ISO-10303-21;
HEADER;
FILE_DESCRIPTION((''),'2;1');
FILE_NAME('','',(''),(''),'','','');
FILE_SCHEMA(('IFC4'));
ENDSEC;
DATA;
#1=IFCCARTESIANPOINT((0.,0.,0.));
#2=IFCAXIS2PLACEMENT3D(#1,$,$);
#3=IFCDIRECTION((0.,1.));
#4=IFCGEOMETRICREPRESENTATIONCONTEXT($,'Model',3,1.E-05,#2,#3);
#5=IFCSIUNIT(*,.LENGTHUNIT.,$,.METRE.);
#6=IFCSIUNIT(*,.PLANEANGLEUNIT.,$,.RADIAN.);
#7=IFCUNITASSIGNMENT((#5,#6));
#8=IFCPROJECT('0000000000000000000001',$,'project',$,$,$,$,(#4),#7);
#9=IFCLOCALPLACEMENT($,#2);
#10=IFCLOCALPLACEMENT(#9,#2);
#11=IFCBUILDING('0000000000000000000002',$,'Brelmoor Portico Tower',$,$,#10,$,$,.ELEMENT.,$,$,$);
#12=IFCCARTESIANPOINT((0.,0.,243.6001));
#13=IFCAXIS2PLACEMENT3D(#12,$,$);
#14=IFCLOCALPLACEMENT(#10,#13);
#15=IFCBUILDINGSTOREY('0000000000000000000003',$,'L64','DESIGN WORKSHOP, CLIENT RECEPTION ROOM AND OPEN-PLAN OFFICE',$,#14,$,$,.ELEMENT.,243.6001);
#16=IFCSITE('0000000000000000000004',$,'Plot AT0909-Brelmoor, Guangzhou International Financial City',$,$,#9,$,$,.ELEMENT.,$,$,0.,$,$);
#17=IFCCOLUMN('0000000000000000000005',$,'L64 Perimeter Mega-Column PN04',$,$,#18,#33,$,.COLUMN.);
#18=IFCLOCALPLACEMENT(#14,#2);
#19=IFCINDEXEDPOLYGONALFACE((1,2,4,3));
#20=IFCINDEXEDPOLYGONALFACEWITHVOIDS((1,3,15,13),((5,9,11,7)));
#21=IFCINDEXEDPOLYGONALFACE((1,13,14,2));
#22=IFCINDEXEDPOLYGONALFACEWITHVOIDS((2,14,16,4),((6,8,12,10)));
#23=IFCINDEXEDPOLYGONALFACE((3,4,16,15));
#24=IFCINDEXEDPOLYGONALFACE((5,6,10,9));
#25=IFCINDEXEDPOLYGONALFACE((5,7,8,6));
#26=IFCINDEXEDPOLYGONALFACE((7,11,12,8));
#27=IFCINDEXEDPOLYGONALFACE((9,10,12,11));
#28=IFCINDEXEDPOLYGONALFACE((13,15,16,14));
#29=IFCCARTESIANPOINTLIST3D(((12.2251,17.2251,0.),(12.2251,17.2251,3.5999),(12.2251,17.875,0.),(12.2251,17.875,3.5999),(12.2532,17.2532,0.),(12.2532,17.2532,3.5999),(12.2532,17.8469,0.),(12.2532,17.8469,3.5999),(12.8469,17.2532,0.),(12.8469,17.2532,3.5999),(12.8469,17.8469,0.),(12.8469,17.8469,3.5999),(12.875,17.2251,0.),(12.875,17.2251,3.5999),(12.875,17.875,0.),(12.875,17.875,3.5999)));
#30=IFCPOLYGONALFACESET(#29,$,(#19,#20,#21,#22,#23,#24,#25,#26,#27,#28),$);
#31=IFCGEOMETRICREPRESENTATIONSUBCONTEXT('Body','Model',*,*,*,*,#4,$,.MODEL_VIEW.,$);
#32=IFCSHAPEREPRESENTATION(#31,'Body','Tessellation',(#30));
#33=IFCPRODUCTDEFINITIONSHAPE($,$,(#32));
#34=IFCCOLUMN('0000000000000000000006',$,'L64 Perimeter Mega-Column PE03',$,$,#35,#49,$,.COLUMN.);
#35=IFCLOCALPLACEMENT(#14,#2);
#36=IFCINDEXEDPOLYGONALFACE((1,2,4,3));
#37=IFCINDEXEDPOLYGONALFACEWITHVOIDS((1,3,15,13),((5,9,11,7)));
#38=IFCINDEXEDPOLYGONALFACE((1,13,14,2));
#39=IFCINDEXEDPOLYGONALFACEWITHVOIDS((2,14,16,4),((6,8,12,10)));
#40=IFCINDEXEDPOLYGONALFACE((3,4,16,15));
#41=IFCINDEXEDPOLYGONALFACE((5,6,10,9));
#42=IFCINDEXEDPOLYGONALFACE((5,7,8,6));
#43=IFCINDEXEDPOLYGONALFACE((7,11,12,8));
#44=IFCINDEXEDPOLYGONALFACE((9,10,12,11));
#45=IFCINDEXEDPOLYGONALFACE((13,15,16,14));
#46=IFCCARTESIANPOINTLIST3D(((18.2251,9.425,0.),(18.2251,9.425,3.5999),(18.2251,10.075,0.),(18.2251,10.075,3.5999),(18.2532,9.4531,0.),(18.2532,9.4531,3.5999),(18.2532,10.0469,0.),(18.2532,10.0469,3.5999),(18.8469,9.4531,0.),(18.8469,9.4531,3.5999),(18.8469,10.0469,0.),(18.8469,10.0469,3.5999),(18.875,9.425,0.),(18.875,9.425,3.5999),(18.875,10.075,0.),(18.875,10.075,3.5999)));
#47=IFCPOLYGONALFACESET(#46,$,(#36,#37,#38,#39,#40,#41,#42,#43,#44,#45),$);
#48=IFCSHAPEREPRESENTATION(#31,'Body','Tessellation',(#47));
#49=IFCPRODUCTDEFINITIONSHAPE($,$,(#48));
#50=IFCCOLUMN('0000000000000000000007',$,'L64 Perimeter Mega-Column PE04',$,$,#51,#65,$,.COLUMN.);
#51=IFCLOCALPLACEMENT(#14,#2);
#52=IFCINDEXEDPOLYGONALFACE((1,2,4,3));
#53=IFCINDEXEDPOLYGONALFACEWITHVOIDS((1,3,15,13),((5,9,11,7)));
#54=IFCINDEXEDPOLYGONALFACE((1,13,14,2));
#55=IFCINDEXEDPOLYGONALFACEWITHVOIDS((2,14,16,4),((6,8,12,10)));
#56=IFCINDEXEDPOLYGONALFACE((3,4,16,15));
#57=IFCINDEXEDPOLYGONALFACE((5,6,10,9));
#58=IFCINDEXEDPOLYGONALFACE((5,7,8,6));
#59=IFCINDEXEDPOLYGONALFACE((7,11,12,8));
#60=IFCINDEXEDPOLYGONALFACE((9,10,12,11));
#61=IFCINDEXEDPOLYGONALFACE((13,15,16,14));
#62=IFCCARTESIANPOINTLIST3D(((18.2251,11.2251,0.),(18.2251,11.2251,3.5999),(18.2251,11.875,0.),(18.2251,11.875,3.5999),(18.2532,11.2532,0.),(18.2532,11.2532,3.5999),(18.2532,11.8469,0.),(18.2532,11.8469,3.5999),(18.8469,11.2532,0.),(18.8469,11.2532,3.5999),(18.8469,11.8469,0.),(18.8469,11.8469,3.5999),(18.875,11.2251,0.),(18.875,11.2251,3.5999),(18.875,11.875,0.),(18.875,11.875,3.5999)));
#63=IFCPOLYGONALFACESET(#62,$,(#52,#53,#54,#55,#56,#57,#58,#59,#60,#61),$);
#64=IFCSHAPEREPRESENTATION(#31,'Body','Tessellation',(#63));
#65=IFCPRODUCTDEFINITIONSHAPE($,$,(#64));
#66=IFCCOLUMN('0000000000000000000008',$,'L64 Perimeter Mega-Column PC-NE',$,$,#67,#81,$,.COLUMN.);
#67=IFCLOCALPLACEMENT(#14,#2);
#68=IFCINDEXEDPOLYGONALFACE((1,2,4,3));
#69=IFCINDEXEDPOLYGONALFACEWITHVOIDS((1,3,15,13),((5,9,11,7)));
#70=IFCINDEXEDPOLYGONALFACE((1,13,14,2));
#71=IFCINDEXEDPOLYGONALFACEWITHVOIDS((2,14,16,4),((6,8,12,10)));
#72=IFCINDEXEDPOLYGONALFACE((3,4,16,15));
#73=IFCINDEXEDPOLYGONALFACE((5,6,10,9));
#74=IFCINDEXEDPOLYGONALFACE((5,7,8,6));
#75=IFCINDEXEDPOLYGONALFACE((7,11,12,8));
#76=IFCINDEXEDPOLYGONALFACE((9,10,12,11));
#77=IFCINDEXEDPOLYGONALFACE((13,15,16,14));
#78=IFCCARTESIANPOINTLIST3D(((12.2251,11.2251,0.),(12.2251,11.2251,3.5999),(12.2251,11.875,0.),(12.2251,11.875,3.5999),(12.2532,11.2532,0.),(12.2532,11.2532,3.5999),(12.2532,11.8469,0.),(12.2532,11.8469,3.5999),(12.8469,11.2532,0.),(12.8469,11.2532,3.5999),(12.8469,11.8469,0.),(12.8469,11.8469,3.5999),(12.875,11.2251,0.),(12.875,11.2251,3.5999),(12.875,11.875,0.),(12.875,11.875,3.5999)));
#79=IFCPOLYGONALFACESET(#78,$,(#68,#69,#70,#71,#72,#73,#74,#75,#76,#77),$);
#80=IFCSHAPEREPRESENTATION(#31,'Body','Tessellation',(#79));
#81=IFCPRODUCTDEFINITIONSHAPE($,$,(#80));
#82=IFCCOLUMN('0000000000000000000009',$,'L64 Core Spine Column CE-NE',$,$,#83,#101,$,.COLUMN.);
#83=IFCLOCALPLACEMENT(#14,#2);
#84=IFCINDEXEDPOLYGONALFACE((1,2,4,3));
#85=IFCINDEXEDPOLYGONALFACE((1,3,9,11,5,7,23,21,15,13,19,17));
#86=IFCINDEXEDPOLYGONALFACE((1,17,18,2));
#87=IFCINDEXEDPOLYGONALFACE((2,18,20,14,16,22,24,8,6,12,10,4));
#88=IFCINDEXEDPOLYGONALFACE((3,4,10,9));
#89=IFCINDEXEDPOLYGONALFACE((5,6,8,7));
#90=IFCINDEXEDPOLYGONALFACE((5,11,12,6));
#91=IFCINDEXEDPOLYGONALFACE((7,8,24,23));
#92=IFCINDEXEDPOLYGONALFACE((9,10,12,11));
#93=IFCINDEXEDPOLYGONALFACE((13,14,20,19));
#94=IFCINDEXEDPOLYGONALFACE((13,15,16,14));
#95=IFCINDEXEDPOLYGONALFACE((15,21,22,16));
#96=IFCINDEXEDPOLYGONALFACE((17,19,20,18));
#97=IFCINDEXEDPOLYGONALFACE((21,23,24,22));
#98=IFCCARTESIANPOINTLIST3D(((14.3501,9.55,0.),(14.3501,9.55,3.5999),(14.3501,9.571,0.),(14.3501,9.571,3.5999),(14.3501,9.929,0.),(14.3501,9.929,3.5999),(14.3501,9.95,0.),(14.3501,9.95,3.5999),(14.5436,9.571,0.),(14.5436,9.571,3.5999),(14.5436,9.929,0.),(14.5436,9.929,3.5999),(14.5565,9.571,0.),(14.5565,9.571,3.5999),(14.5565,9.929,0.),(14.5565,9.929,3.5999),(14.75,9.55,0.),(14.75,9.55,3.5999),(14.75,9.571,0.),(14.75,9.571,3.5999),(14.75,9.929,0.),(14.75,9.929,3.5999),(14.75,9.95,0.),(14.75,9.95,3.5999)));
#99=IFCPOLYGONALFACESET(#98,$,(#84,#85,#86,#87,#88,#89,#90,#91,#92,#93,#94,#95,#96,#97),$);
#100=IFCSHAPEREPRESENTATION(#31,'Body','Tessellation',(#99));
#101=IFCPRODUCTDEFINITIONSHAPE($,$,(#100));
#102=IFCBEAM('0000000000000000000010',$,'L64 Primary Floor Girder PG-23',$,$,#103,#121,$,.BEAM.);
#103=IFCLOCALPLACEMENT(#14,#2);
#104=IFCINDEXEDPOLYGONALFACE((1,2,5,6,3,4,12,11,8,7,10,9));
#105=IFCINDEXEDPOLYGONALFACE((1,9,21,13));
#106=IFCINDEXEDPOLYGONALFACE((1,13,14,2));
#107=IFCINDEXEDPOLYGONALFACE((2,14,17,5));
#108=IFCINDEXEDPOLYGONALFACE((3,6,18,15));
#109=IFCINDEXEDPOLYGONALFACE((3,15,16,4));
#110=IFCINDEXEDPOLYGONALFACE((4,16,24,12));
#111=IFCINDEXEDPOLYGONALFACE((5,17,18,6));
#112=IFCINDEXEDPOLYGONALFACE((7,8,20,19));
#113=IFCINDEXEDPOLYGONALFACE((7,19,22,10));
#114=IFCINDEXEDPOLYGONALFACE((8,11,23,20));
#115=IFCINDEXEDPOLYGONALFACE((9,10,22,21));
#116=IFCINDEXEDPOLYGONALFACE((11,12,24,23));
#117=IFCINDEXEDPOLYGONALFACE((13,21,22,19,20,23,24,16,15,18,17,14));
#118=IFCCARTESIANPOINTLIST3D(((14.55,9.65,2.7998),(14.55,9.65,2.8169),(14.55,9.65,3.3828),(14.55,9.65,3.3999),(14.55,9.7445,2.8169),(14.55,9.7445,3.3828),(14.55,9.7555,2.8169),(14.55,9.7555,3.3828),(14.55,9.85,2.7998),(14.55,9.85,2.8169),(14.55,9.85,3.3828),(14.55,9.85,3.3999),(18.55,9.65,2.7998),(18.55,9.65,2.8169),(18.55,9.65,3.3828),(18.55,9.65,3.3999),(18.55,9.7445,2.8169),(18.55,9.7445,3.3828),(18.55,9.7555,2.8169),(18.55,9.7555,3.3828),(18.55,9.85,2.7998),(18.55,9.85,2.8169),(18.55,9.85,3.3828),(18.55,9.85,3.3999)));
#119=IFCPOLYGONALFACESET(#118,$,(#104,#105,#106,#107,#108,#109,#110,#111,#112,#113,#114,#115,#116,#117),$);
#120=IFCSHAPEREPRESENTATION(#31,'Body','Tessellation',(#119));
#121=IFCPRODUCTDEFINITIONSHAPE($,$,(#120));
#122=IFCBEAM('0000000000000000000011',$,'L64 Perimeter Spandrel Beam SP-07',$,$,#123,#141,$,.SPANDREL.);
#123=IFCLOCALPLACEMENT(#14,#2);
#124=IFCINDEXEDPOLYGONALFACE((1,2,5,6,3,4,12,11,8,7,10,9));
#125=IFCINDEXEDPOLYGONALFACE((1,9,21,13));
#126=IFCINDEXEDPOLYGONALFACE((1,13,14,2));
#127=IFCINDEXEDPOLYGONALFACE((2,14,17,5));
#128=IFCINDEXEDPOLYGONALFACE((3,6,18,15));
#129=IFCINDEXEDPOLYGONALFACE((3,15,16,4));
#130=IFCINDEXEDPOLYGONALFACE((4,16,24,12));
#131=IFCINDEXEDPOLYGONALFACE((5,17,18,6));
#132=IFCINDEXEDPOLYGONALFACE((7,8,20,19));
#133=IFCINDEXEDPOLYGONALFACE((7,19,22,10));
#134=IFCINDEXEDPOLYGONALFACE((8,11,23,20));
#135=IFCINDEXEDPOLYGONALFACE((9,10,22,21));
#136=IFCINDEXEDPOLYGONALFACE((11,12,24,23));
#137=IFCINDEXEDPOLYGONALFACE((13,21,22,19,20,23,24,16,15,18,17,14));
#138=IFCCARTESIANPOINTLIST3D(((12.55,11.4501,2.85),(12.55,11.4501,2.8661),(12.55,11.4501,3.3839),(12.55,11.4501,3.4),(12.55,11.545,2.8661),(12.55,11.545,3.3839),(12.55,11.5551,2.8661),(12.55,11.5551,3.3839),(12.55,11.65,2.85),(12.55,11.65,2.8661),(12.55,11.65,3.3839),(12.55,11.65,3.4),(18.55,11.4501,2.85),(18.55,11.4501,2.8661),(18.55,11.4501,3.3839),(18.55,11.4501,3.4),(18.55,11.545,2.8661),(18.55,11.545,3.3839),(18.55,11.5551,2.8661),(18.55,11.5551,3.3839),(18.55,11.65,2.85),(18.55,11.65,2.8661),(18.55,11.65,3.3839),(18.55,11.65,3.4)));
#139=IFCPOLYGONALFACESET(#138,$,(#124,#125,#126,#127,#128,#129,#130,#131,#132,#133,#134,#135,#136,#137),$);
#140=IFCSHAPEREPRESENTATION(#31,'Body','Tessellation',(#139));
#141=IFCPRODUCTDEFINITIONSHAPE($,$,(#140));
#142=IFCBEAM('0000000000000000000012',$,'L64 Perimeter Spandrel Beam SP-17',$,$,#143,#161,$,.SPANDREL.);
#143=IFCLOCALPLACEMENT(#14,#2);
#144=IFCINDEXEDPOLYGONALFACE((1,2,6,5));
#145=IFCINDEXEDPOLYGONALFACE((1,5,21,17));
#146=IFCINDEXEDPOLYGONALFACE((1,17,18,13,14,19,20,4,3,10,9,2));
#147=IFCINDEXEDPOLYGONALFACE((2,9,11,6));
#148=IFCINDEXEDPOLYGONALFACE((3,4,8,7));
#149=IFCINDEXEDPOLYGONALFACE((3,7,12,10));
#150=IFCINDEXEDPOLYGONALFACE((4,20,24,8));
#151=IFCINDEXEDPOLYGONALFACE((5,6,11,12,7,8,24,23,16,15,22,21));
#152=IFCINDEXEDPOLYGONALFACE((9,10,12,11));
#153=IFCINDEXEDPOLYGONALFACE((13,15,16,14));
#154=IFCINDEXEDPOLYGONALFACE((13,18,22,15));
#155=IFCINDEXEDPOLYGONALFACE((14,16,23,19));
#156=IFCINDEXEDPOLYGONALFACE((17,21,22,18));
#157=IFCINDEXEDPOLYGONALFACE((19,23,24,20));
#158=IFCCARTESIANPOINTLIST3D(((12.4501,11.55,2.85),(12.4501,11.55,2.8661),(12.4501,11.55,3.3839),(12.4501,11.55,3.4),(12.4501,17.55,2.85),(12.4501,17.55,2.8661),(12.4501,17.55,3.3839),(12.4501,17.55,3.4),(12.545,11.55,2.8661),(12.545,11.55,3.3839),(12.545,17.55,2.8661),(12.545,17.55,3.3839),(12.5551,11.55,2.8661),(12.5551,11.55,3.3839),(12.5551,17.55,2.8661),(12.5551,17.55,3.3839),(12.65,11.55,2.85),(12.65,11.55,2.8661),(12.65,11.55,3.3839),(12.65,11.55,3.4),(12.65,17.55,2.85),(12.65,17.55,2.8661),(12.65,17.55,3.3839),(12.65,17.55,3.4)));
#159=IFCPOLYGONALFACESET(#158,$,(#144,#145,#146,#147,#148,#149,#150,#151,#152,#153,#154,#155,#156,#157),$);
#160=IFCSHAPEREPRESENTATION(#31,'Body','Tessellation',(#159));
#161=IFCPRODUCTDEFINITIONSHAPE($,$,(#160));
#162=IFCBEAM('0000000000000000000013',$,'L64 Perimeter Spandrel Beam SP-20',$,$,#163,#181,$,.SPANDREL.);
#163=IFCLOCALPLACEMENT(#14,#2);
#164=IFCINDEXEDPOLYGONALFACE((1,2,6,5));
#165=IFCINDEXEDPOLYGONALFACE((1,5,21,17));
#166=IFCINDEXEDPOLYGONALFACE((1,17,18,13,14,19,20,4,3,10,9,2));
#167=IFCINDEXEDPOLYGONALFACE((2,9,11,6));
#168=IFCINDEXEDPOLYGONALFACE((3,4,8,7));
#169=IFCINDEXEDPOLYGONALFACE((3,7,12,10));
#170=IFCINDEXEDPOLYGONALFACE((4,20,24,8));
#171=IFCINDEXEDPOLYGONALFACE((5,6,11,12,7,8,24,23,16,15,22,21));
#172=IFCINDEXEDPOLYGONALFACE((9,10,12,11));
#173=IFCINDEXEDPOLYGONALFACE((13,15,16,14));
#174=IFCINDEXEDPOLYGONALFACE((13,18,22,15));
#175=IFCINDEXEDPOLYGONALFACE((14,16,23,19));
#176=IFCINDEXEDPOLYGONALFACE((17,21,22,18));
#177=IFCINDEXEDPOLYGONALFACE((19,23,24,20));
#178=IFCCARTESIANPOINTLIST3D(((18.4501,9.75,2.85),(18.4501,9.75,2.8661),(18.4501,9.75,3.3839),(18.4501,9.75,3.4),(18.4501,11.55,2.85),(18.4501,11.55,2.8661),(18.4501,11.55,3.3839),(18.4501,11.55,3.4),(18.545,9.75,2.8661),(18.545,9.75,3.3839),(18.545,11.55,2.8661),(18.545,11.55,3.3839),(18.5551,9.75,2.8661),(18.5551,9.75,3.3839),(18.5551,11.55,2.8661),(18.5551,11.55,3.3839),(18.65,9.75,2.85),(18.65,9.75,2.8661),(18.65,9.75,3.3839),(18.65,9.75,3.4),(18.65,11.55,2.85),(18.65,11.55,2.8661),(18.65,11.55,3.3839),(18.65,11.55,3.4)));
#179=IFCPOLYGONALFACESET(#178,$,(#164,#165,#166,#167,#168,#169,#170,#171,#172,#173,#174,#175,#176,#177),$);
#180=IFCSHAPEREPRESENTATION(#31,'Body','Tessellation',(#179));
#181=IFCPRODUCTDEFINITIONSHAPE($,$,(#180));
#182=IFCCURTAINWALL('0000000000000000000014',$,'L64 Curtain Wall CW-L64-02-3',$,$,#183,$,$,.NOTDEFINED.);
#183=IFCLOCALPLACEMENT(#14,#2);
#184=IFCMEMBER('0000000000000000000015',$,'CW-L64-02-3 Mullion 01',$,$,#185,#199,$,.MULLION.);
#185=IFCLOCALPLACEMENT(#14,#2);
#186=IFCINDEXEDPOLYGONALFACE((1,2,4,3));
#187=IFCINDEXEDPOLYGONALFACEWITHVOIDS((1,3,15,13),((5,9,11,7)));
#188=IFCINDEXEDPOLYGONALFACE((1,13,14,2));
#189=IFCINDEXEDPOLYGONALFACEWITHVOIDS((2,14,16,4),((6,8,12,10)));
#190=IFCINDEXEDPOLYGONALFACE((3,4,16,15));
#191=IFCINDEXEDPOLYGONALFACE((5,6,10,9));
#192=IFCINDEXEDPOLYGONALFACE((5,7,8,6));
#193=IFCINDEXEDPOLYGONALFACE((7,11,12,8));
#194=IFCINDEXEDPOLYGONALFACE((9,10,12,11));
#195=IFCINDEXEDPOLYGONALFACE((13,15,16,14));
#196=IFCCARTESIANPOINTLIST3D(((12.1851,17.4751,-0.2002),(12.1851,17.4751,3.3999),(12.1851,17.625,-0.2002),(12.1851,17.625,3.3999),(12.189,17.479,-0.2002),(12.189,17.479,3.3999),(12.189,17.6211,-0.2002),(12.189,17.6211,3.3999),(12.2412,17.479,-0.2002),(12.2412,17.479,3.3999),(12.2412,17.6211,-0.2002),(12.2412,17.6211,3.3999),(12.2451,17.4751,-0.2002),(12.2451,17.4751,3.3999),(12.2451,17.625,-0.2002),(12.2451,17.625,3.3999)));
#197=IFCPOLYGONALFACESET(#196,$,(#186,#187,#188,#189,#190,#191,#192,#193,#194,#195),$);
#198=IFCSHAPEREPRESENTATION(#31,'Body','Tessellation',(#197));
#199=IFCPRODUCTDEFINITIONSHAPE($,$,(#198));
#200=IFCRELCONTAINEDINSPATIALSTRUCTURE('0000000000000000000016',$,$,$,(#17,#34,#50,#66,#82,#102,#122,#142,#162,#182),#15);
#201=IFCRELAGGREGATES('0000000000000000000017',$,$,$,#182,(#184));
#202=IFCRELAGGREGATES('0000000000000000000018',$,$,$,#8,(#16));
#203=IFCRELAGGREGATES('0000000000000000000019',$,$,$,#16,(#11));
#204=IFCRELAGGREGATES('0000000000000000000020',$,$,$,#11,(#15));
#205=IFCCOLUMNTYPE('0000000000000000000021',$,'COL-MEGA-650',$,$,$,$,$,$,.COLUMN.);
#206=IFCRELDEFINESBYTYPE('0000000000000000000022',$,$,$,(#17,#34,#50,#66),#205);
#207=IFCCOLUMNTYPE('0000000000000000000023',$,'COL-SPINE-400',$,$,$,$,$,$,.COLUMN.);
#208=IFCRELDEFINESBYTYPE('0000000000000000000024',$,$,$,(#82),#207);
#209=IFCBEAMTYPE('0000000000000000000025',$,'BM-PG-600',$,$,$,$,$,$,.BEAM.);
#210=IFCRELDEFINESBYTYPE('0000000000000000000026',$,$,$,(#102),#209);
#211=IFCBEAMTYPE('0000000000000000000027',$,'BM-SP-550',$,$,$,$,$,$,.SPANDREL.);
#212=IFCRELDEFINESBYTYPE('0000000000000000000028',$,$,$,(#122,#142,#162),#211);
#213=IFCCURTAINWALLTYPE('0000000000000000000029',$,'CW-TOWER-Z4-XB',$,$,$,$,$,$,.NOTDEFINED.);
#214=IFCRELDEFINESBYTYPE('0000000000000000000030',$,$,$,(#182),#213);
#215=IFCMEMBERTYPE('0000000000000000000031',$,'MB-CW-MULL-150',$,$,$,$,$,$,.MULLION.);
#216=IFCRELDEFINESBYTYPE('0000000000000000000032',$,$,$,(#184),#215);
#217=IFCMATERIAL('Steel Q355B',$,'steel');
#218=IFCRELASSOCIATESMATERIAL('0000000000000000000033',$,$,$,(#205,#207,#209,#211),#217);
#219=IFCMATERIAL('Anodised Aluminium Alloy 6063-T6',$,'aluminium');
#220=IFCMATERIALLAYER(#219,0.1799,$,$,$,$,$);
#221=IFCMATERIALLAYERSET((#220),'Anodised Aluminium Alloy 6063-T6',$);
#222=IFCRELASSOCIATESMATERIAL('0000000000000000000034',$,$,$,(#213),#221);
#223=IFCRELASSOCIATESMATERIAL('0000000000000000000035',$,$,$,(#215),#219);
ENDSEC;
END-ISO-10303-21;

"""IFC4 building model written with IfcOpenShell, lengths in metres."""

from ifc_helpers import new_model, si_unit, direction, frame, origin, origin_2d, place, context, subcontext, project, spatial, hollow_rectangle, i_section, extrude, material, layer, layer_set, material_profile, profile_set, type_object, element, aggregate, save


model = new_model("IFC4")

# Units and contexts
model_context = context("Model", 3, precision=1e-05, world=origin(), true_north=direction((0.0, 1.0)))
body_context = subcontext(model_context, "Body", "Model", "MODEL_VIEW")
ifc_project = project(units=[si_unit("LENGTHUNIT", "METRE"), si_unit("PLANEANGLEUNIT", "RADIAN")], contexts=[model_context])

# Site, building, storey
site_placement = place(None, origin())
site = spatial("IfcSite", under=ifc_project, at=site_placement, Name="Plot AT0909-Brelmoor, Guangzhou International Financial City", CompositionType="ELEMENT", RefElevation=0.0)
building_placement = place(site_placement, origin())
building = spatial("IfcBuilding", under=site, at=building_placement, Name="Brelmoor Portico Tower", CompositionType="ELEMENT")
storey_placement = place(building_placement, frame((0.0, 0.0, 243.6001)))
storey = spatial("IfcBuildingStorey", under=building, at=storey_placement, Name="L64", Description="DESIGN WORKSHOP, CLIENT RECEPTION ROOM AND OPEN-PLAN OFFICE", CompositionType="ELEMENT", Elevation=243.6001)

# Columns
ifc_material_1 = material(Name="Steel Q355B", Category="steel")
ifc_material_profile_1 = material_profile(ifc_material_1, hollow_rectangle(XDim=0.6499, YDim=0.6499, WallThickness=0.0281, at=origin_2d()), Name="BOX 650x650x28")
ifc_profile_set_1 = profile_set([ifc_material_profile_1], Name="Steel Q355B")
column_type_1 = type_object("IfcColumnType", Name="COL-MEGA-650", PredefinedType="COLUMN", material=ifc_profile_set_1)
for number, where, z_axis, x_axis, name in (
    (1, (12.55, 17.55, 0.0), (0.0, 0.0, 1.0), (1.0, 0.0, 0.0), "L64 Perimeter Mega-Column PN04"),
    (2, (18.55, 9.75, 0.0), (0.0, 0.0, 1.0), (0.0, 1.0, 0.0), "L64 Perimeter Mega-Column PE03"),
    (3, (18.55, 11.55, 0.0), (0.0, 0.0, 1.0), (0.0, 1.0, 0.0), "L64 Perimeter Mega-Column PE04"),
    (4, (12.55, 11.55, 0.0), (0.0, 0.0, 1.0), (1.0, 0.0, 0.0), "L64 Perimeter Mega-Column PC-NE"),
):
    element("IfcColumn", number, at=place(storey_placement, frame(where, z_axis=z_axis, x_axis=x_axis)), inside=storey, type_object=column_type_1, Name=name, PredefinedType="COLUMN", context=body_context, shape_type="SweptSolid", body=[
        extrude(hollow_rectangle(XDim=0.6499, YDim=0.6499, WallThickness=0.0281, at=origin_2d()), origin(), (0.0, 0.0, 1.0), 3.5999),
    ])
ifc_material_profile_2 = material_profile(ifc_material_1, i_section(OverallWidth=0.3999, OverallDepth=0.3999, WebThickness=0.0129, FlangeThickness=0.021, at=origin_2d()), Name="HW 400x400x13x21")
ifc_profile_set_2 = profile_set([ifc_material_profile_2], Name="Steel Q355B")
column_type_2 = type_object("IfcColumnType", Name="COL-SPINE-400", PredefinedType="COLUMN", material=ifc_profile_set_2)
column_placement = place(storey_placement, frame((14.55, 9.75, 0.0), z_axis=(0.0, 0.0, 1.0), x_axis=(1.0, 0.0, 0.0)))
element("IfcColumn", 5, at=column_placement, inside=storey, type_object=column_type_2, Name="L64 Core Spine Column CE-NE", PredefinedType="COLUMN", context=body_context, shape_type="SweptSolid", body=[
    extrude(i_section(OverallWidth=0.3999, OverallDepth=0.3999, WebThickness=0.0129, FlangeThickness=0.021, at=origin_2d()), origin(), (0.0, 0.0, 1.0), 3.5999),
])

# Beams
ifc_material_profile_3 = material_profile(ifc_material_1, i_section(OverallWidth=0.2, OverallDepth=0.6001, WebThickness=0.011, FlangeThickness=0.0171, at=origin_2d()), Name="HN 600x200x11x17")
ifc_profile_set_3 = profile_set([ifc_material_profile_3], Name="Steel Q355B")
beam_type_1 = type_object("IfcBeamType", Name="BM-PG-600", PredefinedType="BEAM", material=ifc_profile_set_3)
beam_1_placement = place(storey_placement, frame((14.55, 9.75, 3.0999), z_axis=(1.0, 0.0, 0.0), x_axis=(0.0, 1.0, 0.0)))
element("IfcBeam", 6, at=beam_1_placement, inside=storey, type_object=beam_type_1, Name="L64 Primary Floor Girder PG-23", PredefinedType="BEAM", context=body_context, shape_type="SweptSolid", body=[
    extrude(i_section(OverallWidth=0.2, OverallDepth=0.6001, WebThickness=0.011, FlangeThickness=0.0171, at=origin_2d()), origin(), (0.0, 0.0, 1.0), 4.0),
])
ifc_material_profile_4 = material_profile(ifc_material_1, i_section(OverallWidth=0.2, OverallDepth=0.55, WebThickness=0.01, FlangeThickness=0.0161, at=origin_2d()), Name="HN 550x200x10x16")
ifc_profile_set_4 = profile_set([ifc_material_profile_4], Name="Steel Q355B")
beam_type_2 = type_object("IfcBeamType", Name="BM-SP-550", PredefinedType="SPANDREL", material=ifc_profile_set_4)
for number, where, z_axis, x_axis, name in (
    (7, (12.55, 11.55, 3.125), (1.0, 0.0, 0.0), (0.0, 1.0, 0.0), "L64 Perimeter Spandrel Beam SP-07"),
    (8, (12.55, 11.55, 3.125), (0.0, 1.0, 0.0), (-1.0, 0.0, 0.0), "L64 Perimeter Spandrel Beam SP-17"),
):
    element("IfcBeam", number, at=place(storey_placement, frame(where, z_axis=z_axis, x_axis=x_axis)), inside=storey, type_object=beam_type_2, Name=name, PredefinedType="SPANDREL", context=body_context, shape_type="SweptSolid", body=[
        extrude(i_section(OverallWidth=0.2, OverallDepth=0.55, WebThickness=0.01, FlangeThickness=0.0161, at=origin_2d()), origin(), (0.0, 0.0, 1.0), 6.0),
    ])
beam_2_placement = place(storey_placement, frame((18.55, 9.75, 3.125), z_axis=(0.0, 1.0, 0.0), x_axis=(-1.0, 0.0, 0.0)))
element("IfcBeam", 9, at=beam_2_placement, inside=storey, type_object=beam_type_2, Name="L64 Perimeter Spandrel Beam SP-20", PredefinedType="SPANDREL", context=body_context, shape_type="SweptSolid", body=[
    extrude(i_section(OverallWidth=0.2, OverallDepth=0.55, WebThickness=0.01, FlangeThickness=0.0161, at=origin_2d()), origin(), (0.0, 0.0, 1.0), 1.8),
])

# Curtain wall, member
ifc_material_2 = material(Name="Anodised Aluminium Alloy 6063-T6", Category="aluminium")
ifc_layer_1 = layer(ifc_material_2, 0.1799)
ifc_layer_set_1 = layer_set([ifc_layer_1], Name="Anodised Aluminium Alloy 6063-T6")
curtain_wall_type_1 = type_object("IfcCurtainWallType", Name="CW-TOWER-Z4-XB", PredefinedType="NOTDEFINED", material=ifc_layer_set_1)
curtain_wall_1_placement = place(storey_placement, origin())
curtain_wall_1 = element("IfcCurtainWall", 10, at=curtain_wall_1_placement, inside=storey, type_object=curtain_wall_type_1, Name="L64 Curtain Wall CW-L64-02-3", PredefinedType="NOTDEFINED")
ifc_material_profile_5 = material_profile(ifc_material_2, hollow_rectangle(XDim=0.0601, YDim=0.1499, WallThickness=0.0039, at=origin_2d()), Name="ALU MULLION 60x150")
ifc_profile_set_5 = profile_set([ifc_material_profile_5], Name="Anodised Aluminium Alloy 6063-T6")
member_type_1 = type_object("IfcMemberType", Name="MB-CW-MULL-150", PredefinedType="MULLION", material=ifc_profile_set_5)
member_1_placement = place(storey_placement, frame((12.2151, 17.55, -0.2002), z_axis=(0.0, 0.0, 1.0), x_axis=(1.0, 0.0, 0.0)))
member_1 = element("IfcMember", 11, at=member_1_placement, type_object=member_type_1, Name="CW-L64-02-3 Mullion 01", PredefinedType="MULLION", context=body_context, shape_type="SweptSolid", body=[
    extrude(hollow_rectangle(XDim=0.0601, YDim=0.1499, WallThickness=0.0039, at=origin_2d()), origin(), (0.0, 0.0, 1.0), 3.6001),
])
aggregate(curtain_wall_1, [member_1])

save(model, "model.ifc")
